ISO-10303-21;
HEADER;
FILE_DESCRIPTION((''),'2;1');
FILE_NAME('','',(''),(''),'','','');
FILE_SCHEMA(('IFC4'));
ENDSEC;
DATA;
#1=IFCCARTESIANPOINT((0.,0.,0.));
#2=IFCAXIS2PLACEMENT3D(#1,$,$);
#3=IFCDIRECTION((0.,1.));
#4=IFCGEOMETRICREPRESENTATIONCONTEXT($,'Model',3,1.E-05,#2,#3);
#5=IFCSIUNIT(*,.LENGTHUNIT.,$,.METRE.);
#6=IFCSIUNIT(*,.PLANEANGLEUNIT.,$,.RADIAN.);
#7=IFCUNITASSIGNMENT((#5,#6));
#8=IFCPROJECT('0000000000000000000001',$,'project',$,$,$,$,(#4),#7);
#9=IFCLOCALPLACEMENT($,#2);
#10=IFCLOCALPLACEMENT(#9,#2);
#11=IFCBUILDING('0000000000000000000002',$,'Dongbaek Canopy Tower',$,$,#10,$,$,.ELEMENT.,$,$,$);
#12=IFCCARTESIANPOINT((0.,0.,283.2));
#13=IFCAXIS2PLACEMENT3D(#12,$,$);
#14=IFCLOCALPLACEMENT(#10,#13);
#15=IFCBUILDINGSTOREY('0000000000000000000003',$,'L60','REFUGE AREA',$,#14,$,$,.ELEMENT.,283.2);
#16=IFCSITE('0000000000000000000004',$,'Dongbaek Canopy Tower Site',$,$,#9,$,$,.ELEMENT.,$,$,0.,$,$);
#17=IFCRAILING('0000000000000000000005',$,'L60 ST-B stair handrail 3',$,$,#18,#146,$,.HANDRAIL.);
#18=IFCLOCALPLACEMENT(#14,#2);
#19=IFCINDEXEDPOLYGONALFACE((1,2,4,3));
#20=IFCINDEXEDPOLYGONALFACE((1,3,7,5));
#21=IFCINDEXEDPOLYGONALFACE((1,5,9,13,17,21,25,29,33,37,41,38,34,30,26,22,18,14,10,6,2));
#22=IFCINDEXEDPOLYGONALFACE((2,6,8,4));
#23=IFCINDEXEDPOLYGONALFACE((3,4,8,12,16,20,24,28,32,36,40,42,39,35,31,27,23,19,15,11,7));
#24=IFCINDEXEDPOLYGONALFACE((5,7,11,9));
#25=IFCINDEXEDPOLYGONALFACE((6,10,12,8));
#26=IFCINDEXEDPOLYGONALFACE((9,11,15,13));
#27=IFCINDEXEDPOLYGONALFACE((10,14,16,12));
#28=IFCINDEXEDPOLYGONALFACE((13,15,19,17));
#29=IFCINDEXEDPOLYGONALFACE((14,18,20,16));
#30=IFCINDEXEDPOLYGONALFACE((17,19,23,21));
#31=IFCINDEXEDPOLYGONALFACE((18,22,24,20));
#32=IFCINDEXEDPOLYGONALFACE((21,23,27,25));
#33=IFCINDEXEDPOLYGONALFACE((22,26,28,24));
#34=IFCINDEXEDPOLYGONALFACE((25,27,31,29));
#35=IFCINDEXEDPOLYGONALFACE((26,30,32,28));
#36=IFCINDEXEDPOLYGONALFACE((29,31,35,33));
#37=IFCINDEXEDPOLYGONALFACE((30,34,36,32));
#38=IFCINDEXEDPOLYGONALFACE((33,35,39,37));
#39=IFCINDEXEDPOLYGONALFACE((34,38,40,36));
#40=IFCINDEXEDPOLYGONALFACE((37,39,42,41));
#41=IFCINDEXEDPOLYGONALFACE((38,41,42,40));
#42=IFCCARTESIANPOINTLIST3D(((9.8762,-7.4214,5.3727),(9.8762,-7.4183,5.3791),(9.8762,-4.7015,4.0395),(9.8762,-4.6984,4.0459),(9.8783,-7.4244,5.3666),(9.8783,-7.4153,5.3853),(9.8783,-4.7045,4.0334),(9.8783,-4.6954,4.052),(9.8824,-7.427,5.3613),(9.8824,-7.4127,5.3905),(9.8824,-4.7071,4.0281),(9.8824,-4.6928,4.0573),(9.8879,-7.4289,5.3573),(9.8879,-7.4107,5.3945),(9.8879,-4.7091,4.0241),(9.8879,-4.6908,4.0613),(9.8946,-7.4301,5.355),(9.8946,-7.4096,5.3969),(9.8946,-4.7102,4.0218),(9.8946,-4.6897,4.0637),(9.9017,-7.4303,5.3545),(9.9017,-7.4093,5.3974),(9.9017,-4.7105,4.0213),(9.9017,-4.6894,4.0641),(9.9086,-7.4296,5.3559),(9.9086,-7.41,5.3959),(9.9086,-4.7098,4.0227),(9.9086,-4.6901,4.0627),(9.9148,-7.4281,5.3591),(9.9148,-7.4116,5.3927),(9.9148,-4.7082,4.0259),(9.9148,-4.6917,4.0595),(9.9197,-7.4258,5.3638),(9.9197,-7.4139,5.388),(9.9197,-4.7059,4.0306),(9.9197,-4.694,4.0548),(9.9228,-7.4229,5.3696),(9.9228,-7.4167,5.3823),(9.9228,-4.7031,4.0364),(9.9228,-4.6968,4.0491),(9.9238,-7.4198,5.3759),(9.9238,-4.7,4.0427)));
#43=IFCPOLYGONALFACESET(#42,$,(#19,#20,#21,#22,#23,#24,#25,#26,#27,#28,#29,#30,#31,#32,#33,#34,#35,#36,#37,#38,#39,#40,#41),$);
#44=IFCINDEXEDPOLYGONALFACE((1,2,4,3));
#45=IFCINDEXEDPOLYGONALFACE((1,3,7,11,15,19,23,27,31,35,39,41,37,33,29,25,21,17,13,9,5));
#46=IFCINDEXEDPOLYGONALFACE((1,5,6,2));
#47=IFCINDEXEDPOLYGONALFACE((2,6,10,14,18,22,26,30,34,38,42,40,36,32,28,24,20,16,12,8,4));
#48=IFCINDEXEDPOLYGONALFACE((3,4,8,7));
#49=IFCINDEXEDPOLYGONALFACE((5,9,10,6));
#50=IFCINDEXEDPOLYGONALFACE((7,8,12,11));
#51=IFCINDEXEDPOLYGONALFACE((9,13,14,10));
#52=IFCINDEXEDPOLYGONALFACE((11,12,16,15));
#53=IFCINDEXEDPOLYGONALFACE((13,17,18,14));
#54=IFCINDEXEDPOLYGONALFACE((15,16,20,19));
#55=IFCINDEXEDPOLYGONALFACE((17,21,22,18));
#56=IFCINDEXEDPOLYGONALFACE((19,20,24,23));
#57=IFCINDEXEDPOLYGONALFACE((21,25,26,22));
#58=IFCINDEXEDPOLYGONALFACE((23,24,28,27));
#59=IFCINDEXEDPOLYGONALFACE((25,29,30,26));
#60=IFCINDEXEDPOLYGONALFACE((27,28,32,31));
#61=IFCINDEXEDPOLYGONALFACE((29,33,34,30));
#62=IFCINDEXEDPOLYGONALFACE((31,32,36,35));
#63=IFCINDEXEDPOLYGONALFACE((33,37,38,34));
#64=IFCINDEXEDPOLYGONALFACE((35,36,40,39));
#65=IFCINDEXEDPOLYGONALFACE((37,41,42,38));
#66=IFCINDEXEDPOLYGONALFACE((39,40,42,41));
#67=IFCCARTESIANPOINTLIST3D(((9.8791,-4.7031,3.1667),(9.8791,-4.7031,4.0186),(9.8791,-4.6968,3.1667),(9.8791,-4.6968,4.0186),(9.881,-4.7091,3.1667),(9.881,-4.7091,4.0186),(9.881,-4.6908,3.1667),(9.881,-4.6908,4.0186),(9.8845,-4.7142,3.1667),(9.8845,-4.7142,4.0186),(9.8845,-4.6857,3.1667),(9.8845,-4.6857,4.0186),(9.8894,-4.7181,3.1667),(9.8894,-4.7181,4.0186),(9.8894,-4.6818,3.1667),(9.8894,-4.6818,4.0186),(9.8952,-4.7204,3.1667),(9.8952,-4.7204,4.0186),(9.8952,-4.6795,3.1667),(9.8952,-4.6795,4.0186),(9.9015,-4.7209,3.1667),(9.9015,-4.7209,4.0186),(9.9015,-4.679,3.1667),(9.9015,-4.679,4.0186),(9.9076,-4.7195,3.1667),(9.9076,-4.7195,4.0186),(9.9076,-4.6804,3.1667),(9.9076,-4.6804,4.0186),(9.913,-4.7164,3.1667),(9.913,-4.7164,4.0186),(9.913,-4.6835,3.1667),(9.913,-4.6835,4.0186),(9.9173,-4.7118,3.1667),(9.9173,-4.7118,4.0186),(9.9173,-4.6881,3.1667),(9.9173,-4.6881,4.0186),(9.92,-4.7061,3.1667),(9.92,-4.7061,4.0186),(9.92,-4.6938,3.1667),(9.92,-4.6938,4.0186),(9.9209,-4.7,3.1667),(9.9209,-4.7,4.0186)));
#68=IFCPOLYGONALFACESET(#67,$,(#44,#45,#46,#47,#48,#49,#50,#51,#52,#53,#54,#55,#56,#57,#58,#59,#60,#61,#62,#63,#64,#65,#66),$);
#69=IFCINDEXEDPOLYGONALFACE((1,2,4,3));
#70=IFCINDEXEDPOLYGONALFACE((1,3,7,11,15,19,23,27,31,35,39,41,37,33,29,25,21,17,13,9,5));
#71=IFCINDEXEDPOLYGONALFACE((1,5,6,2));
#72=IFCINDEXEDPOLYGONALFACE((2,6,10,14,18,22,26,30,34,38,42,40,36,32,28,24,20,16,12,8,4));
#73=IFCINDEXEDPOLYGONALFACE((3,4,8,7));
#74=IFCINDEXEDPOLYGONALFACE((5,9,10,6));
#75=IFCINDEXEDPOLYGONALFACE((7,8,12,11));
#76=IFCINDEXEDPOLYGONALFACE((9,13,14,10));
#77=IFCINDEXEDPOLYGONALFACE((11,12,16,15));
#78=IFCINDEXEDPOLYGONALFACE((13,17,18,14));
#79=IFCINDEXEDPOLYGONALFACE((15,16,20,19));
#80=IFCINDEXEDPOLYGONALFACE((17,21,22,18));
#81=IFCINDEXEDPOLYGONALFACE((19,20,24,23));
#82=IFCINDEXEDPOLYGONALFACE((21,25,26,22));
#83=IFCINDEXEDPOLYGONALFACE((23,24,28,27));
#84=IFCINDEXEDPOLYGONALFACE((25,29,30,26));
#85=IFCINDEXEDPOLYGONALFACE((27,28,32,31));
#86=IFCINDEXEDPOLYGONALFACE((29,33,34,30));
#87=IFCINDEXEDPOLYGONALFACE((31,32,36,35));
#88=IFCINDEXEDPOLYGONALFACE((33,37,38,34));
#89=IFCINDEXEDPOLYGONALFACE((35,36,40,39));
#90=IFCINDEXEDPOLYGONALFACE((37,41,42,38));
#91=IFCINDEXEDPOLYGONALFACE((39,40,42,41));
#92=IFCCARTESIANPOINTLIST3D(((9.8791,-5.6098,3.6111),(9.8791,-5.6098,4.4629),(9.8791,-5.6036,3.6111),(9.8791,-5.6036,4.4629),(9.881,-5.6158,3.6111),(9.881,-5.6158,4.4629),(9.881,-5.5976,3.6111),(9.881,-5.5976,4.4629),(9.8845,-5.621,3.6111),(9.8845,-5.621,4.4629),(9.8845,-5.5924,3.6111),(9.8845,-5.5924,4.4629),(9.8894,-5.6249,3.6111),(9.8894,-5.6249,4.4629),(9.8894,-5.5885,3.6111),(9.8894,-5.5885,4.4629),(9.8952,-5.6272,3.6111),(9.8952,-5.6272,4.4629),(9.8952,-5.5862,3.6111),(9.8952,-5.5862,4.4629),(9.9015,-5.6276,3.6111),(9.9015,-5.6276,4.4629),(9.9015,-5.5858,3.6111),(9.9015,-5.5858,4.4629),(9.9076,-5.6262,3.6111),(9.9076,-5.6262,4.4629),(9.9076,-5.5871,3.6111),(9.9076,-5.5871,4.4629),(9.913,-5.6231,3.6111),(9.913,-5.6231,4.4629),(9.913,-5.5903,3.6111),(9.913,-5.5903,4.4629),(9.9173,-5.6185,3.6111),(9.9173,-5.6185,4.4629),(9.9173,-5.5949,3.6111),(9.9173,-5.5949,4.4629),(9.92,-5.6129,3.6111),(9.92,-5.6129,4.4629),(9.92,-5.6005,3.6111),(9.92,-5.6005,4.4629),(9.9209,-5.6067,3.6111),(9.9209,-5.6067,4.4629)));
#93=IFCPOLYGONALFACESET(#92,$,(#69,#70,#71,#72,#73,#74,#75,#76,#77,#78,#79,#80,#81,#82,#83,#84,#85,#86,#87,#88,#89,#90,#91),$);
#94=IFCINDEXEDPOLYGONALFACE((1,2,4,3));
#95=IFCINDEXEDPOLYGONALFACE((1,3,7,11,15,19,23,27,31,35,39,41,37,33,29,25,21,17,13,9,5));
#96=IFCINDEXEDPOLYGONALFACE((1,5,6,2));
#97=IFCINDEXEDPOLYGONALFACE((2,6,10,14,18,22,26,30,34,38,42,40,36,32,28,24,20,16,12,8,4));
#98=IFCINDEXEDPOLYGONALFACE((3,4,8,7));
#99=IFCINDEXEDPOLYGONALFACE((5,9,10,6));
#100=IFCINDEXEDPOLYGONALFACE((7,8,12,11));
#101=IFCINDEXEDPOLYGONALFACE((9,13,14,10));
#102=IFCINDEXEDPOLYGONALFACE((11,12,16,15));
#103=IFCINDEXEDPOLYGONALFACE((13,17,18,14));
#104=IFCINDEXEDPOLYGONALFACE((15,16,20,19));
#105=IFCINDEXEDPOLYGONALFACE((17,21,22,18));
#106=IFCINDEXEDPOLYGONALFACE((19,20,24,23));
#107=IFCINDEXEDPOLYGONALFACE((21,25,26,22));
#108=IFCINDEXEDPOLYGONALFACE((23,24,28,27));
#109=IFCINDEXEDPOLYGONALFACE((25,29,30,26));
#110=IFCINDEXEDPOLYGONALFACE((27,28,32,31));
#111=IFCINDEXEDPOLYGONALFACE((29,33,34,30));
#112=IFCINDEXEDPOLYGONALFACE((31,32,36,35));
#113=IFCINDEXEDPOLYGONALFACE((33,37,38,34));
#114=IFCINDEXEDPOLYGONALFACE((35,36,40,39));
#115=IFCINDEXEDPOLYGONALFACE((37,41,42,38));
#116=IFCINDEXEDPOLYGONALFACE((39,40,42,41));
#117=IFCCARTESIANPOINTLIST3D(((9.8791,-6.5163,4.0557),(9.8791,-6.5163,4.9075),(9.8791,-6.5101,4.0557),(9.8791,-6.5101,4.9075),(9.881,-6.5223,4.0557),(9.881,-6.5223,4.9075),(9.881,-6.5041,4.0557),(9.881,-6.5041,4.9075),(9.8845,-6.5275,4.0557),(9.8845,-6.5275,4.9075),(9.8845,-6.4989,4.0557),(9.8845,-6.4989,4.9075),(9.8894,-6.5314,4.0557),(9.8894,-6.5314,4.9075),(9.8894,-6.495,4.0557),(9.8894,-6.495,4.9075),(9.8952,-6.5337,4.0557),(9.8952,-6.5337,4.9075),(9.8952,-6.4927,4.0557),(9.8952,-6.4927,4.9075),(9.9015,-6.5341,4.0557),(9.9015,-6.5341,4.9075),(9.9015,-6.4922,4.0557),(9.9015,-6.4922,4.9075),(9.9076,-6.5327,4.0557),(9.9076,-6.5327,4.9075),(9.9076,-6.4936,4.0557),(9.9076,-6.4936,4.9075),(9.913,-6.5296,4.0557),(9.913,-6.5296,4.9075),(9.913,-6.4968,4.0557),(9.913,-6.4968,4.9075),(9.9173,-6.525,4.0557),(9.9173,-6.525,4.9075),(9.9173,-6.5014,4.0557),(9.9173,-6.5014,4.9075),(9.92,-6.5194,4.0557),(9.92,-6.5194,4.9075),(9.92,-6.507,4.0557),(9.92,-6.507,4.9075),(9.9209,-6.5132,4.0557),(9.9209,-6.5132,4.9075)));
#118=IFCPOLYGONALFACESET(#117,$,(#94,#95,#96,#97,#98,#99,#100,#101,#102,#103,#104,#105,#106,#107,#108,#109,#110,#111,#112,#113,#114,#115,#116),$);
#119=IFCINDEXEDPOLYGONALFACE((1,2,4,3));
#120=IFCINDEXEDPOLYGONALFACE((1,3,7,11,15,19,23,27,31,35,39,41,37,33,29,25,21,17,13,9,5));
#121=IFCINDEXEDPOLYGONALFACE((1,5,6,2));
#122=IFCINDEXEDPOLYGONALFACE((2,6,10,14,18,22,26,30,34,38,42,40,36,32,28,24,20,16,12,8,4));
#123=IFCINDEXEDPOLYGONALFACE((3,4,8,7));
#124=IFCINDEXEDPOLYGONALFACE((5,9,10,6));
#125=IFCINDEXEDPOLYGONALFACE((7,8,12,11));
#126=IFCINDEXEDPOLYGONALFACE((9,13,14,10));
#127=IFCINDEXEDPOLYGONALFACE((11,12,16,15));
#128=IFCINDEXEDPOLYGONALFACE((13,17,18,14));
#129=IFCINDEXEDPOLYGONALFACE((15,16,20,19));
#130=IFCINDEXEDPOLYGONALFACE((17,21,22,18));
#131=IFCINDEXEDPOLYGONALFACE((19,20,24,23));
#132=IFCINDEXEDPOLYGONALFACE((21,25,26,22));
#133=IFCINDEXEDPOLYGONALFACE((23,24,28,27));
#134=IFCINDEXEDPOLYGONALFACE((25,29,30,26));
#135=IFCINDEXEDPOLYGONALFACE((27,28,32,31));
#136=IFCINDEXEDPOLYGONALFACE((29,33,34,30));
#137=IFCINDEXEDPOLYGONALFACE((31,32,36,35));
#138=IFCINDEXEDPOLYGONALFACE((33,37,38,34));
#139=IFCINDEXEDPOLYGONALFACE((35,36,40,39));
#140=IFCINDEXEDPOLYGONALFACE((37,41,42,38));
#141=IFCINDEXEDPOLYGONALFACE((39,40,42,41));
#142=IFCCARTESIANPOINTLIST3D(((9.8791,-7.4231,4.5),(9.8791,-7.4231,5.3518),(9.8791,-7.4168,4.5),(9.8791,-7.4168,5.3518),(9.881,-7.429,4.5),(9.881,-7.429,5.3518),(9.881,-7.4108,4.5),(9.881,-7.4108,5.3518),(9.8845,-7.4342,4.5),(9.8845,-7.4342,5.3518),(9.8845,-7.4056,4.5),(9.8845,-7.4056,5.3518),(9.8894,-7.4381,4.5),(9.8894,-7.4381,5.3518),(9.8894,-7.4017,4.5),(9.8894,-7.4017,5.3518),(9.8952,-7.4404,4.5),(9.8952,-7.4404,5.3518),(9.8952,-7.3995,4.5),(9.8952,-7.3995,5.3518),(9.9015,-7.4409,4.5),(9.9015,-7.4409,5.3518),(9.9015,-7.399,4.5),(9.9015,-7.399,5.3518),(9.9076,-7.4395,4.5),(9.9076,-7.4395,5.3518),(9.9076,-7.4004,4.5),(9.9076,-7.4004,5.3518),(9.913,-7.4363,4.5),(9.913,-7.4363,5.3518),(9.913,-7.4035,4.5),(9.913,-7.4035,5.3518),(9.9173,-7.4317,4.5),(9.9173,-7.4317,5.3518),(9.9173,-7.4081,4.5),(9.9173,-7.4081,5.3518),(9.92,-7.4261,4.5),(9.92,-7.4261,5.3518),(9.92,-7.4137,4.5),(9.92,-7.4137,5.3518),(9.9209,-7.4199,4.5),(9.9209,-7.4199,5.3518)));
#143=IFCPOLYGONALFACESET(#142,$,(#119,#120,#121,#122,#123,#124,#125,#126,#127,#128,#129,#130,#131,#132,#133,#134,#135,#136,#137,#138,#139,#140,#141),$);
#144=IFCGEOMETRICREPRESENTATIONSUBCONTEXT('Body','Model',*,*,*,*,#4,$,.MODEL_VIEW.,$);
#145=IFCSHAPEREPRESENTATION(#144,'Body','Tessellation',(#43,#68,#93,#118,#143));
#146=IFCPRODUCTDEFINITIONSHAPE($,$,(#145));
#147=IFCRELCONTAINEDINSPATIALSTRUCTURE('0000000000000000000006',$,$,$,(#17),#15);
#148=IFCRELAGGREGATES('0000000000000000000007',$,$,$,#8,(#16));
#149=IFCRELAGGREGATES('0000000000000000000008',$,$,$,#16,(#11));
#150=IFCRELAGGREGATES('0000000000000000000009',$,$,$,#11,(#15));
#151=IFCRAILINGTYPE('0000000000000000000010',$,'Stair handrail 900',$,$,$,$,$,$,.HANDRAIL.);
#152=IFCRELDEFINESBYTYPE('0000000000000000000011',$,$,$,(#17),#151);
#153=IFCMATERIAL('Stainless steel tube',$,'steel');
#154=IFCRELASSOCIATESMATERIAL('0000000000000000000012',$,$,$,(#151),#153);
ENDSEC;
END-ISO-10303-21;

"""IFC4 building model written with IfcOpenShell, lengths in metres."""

from ifc_helpers import new_model, si_unit, direction, frame, origin, origin_2d, place, context, subcontext, project, spatial, circle, extrude, material, type_object, element, save


model = new_model("IFC4")

# Units and contexts
model_context = context("Model", 3, precision=1e-05, world=origin(), true_north=direction((0.0, 1.0)))
body_context = subcontext(model_context, "Body", "Model", "MODEL_VIEW")
ifc_project = project(units=[si_unit("LENGTHUNIT", "METRE"), si_unit("PLANEANGLEUNIT", "RADIAN")], contexts=[model_context])

# Site, building, storey
site_placement = place(None, origin())
site = spatial("IfcSite", under=ifc_project, at=site_placement, Name="Dongbaek Canopy Tower Site", CompositionType="ELEMENT", RefElevation=0.0)
building_placement = place(site_placement, origin())
building = spatial("IfcBuilding", under=site, at=building_placement, Name="Dongbaek Canopy Tower", CompositionType="ELEMENT")
storey_placement = place(building_placement, frame((0.0, 0.0, 283.2)))
storey = spatial("IfcBuildingStorey", under=building, at=storey_placement, Name="L60", Description="REFUGE AREA", CompositionType="ELEMENT", Elevation=283.2)

# Railing
ifc_material_1 = material(Name="Stainless steel tube", Category="steel")
railing_type_1 = type_object("IfcRailingType", Name="Stair handrail 900", PredefinedType="HANDRAIL", material=ifc_material_1)
railing_1_placement = place(storey_placement, frame((9.8999, -4.7, 3.1667)))
element("IfcRailing", 1, at=railing_1_placement, inside=storey, type_object=railing_type_1, Name="L60 ST-B stair handrail 3", PredefinedType="HANDRAIL", context=body_context, shape_type="SweptSolid", body=[
    extrude(circle(Radius=0.0239, at=origin_2d()), frame((0.0, 0.0, 0.876), z_axis=(0.0, -0.897929, 0.440139), x_axis=(1.0, 0.0, 0.0)), (0.0, 0.0, 1.0), 3.0291),
    extrude(circle(Radius=0.021, at=origin_2d()), origin(), (0.0, 0.0, 1.0), 0.8518),
    extrude(circle(Radius=0.021, at=origin_2d()), frame((0.0, -0.9067, 0.4443)), (0.0, 0.0, 1.0), 0.8518),
    extrude(circle(Radius=0.021, at=origin_2d()), frame((0.0, -1.8132, 0.8889)), (0.0, 0.0, 1.0), 0.8518),
    extrude(circle(Radius=0.021, at=origin_2d()), frame((0.0, -2.72, 1.3333)), (0.0, 0.0, 1.0), 0.8518),
])

save(model, "model.ifc")
